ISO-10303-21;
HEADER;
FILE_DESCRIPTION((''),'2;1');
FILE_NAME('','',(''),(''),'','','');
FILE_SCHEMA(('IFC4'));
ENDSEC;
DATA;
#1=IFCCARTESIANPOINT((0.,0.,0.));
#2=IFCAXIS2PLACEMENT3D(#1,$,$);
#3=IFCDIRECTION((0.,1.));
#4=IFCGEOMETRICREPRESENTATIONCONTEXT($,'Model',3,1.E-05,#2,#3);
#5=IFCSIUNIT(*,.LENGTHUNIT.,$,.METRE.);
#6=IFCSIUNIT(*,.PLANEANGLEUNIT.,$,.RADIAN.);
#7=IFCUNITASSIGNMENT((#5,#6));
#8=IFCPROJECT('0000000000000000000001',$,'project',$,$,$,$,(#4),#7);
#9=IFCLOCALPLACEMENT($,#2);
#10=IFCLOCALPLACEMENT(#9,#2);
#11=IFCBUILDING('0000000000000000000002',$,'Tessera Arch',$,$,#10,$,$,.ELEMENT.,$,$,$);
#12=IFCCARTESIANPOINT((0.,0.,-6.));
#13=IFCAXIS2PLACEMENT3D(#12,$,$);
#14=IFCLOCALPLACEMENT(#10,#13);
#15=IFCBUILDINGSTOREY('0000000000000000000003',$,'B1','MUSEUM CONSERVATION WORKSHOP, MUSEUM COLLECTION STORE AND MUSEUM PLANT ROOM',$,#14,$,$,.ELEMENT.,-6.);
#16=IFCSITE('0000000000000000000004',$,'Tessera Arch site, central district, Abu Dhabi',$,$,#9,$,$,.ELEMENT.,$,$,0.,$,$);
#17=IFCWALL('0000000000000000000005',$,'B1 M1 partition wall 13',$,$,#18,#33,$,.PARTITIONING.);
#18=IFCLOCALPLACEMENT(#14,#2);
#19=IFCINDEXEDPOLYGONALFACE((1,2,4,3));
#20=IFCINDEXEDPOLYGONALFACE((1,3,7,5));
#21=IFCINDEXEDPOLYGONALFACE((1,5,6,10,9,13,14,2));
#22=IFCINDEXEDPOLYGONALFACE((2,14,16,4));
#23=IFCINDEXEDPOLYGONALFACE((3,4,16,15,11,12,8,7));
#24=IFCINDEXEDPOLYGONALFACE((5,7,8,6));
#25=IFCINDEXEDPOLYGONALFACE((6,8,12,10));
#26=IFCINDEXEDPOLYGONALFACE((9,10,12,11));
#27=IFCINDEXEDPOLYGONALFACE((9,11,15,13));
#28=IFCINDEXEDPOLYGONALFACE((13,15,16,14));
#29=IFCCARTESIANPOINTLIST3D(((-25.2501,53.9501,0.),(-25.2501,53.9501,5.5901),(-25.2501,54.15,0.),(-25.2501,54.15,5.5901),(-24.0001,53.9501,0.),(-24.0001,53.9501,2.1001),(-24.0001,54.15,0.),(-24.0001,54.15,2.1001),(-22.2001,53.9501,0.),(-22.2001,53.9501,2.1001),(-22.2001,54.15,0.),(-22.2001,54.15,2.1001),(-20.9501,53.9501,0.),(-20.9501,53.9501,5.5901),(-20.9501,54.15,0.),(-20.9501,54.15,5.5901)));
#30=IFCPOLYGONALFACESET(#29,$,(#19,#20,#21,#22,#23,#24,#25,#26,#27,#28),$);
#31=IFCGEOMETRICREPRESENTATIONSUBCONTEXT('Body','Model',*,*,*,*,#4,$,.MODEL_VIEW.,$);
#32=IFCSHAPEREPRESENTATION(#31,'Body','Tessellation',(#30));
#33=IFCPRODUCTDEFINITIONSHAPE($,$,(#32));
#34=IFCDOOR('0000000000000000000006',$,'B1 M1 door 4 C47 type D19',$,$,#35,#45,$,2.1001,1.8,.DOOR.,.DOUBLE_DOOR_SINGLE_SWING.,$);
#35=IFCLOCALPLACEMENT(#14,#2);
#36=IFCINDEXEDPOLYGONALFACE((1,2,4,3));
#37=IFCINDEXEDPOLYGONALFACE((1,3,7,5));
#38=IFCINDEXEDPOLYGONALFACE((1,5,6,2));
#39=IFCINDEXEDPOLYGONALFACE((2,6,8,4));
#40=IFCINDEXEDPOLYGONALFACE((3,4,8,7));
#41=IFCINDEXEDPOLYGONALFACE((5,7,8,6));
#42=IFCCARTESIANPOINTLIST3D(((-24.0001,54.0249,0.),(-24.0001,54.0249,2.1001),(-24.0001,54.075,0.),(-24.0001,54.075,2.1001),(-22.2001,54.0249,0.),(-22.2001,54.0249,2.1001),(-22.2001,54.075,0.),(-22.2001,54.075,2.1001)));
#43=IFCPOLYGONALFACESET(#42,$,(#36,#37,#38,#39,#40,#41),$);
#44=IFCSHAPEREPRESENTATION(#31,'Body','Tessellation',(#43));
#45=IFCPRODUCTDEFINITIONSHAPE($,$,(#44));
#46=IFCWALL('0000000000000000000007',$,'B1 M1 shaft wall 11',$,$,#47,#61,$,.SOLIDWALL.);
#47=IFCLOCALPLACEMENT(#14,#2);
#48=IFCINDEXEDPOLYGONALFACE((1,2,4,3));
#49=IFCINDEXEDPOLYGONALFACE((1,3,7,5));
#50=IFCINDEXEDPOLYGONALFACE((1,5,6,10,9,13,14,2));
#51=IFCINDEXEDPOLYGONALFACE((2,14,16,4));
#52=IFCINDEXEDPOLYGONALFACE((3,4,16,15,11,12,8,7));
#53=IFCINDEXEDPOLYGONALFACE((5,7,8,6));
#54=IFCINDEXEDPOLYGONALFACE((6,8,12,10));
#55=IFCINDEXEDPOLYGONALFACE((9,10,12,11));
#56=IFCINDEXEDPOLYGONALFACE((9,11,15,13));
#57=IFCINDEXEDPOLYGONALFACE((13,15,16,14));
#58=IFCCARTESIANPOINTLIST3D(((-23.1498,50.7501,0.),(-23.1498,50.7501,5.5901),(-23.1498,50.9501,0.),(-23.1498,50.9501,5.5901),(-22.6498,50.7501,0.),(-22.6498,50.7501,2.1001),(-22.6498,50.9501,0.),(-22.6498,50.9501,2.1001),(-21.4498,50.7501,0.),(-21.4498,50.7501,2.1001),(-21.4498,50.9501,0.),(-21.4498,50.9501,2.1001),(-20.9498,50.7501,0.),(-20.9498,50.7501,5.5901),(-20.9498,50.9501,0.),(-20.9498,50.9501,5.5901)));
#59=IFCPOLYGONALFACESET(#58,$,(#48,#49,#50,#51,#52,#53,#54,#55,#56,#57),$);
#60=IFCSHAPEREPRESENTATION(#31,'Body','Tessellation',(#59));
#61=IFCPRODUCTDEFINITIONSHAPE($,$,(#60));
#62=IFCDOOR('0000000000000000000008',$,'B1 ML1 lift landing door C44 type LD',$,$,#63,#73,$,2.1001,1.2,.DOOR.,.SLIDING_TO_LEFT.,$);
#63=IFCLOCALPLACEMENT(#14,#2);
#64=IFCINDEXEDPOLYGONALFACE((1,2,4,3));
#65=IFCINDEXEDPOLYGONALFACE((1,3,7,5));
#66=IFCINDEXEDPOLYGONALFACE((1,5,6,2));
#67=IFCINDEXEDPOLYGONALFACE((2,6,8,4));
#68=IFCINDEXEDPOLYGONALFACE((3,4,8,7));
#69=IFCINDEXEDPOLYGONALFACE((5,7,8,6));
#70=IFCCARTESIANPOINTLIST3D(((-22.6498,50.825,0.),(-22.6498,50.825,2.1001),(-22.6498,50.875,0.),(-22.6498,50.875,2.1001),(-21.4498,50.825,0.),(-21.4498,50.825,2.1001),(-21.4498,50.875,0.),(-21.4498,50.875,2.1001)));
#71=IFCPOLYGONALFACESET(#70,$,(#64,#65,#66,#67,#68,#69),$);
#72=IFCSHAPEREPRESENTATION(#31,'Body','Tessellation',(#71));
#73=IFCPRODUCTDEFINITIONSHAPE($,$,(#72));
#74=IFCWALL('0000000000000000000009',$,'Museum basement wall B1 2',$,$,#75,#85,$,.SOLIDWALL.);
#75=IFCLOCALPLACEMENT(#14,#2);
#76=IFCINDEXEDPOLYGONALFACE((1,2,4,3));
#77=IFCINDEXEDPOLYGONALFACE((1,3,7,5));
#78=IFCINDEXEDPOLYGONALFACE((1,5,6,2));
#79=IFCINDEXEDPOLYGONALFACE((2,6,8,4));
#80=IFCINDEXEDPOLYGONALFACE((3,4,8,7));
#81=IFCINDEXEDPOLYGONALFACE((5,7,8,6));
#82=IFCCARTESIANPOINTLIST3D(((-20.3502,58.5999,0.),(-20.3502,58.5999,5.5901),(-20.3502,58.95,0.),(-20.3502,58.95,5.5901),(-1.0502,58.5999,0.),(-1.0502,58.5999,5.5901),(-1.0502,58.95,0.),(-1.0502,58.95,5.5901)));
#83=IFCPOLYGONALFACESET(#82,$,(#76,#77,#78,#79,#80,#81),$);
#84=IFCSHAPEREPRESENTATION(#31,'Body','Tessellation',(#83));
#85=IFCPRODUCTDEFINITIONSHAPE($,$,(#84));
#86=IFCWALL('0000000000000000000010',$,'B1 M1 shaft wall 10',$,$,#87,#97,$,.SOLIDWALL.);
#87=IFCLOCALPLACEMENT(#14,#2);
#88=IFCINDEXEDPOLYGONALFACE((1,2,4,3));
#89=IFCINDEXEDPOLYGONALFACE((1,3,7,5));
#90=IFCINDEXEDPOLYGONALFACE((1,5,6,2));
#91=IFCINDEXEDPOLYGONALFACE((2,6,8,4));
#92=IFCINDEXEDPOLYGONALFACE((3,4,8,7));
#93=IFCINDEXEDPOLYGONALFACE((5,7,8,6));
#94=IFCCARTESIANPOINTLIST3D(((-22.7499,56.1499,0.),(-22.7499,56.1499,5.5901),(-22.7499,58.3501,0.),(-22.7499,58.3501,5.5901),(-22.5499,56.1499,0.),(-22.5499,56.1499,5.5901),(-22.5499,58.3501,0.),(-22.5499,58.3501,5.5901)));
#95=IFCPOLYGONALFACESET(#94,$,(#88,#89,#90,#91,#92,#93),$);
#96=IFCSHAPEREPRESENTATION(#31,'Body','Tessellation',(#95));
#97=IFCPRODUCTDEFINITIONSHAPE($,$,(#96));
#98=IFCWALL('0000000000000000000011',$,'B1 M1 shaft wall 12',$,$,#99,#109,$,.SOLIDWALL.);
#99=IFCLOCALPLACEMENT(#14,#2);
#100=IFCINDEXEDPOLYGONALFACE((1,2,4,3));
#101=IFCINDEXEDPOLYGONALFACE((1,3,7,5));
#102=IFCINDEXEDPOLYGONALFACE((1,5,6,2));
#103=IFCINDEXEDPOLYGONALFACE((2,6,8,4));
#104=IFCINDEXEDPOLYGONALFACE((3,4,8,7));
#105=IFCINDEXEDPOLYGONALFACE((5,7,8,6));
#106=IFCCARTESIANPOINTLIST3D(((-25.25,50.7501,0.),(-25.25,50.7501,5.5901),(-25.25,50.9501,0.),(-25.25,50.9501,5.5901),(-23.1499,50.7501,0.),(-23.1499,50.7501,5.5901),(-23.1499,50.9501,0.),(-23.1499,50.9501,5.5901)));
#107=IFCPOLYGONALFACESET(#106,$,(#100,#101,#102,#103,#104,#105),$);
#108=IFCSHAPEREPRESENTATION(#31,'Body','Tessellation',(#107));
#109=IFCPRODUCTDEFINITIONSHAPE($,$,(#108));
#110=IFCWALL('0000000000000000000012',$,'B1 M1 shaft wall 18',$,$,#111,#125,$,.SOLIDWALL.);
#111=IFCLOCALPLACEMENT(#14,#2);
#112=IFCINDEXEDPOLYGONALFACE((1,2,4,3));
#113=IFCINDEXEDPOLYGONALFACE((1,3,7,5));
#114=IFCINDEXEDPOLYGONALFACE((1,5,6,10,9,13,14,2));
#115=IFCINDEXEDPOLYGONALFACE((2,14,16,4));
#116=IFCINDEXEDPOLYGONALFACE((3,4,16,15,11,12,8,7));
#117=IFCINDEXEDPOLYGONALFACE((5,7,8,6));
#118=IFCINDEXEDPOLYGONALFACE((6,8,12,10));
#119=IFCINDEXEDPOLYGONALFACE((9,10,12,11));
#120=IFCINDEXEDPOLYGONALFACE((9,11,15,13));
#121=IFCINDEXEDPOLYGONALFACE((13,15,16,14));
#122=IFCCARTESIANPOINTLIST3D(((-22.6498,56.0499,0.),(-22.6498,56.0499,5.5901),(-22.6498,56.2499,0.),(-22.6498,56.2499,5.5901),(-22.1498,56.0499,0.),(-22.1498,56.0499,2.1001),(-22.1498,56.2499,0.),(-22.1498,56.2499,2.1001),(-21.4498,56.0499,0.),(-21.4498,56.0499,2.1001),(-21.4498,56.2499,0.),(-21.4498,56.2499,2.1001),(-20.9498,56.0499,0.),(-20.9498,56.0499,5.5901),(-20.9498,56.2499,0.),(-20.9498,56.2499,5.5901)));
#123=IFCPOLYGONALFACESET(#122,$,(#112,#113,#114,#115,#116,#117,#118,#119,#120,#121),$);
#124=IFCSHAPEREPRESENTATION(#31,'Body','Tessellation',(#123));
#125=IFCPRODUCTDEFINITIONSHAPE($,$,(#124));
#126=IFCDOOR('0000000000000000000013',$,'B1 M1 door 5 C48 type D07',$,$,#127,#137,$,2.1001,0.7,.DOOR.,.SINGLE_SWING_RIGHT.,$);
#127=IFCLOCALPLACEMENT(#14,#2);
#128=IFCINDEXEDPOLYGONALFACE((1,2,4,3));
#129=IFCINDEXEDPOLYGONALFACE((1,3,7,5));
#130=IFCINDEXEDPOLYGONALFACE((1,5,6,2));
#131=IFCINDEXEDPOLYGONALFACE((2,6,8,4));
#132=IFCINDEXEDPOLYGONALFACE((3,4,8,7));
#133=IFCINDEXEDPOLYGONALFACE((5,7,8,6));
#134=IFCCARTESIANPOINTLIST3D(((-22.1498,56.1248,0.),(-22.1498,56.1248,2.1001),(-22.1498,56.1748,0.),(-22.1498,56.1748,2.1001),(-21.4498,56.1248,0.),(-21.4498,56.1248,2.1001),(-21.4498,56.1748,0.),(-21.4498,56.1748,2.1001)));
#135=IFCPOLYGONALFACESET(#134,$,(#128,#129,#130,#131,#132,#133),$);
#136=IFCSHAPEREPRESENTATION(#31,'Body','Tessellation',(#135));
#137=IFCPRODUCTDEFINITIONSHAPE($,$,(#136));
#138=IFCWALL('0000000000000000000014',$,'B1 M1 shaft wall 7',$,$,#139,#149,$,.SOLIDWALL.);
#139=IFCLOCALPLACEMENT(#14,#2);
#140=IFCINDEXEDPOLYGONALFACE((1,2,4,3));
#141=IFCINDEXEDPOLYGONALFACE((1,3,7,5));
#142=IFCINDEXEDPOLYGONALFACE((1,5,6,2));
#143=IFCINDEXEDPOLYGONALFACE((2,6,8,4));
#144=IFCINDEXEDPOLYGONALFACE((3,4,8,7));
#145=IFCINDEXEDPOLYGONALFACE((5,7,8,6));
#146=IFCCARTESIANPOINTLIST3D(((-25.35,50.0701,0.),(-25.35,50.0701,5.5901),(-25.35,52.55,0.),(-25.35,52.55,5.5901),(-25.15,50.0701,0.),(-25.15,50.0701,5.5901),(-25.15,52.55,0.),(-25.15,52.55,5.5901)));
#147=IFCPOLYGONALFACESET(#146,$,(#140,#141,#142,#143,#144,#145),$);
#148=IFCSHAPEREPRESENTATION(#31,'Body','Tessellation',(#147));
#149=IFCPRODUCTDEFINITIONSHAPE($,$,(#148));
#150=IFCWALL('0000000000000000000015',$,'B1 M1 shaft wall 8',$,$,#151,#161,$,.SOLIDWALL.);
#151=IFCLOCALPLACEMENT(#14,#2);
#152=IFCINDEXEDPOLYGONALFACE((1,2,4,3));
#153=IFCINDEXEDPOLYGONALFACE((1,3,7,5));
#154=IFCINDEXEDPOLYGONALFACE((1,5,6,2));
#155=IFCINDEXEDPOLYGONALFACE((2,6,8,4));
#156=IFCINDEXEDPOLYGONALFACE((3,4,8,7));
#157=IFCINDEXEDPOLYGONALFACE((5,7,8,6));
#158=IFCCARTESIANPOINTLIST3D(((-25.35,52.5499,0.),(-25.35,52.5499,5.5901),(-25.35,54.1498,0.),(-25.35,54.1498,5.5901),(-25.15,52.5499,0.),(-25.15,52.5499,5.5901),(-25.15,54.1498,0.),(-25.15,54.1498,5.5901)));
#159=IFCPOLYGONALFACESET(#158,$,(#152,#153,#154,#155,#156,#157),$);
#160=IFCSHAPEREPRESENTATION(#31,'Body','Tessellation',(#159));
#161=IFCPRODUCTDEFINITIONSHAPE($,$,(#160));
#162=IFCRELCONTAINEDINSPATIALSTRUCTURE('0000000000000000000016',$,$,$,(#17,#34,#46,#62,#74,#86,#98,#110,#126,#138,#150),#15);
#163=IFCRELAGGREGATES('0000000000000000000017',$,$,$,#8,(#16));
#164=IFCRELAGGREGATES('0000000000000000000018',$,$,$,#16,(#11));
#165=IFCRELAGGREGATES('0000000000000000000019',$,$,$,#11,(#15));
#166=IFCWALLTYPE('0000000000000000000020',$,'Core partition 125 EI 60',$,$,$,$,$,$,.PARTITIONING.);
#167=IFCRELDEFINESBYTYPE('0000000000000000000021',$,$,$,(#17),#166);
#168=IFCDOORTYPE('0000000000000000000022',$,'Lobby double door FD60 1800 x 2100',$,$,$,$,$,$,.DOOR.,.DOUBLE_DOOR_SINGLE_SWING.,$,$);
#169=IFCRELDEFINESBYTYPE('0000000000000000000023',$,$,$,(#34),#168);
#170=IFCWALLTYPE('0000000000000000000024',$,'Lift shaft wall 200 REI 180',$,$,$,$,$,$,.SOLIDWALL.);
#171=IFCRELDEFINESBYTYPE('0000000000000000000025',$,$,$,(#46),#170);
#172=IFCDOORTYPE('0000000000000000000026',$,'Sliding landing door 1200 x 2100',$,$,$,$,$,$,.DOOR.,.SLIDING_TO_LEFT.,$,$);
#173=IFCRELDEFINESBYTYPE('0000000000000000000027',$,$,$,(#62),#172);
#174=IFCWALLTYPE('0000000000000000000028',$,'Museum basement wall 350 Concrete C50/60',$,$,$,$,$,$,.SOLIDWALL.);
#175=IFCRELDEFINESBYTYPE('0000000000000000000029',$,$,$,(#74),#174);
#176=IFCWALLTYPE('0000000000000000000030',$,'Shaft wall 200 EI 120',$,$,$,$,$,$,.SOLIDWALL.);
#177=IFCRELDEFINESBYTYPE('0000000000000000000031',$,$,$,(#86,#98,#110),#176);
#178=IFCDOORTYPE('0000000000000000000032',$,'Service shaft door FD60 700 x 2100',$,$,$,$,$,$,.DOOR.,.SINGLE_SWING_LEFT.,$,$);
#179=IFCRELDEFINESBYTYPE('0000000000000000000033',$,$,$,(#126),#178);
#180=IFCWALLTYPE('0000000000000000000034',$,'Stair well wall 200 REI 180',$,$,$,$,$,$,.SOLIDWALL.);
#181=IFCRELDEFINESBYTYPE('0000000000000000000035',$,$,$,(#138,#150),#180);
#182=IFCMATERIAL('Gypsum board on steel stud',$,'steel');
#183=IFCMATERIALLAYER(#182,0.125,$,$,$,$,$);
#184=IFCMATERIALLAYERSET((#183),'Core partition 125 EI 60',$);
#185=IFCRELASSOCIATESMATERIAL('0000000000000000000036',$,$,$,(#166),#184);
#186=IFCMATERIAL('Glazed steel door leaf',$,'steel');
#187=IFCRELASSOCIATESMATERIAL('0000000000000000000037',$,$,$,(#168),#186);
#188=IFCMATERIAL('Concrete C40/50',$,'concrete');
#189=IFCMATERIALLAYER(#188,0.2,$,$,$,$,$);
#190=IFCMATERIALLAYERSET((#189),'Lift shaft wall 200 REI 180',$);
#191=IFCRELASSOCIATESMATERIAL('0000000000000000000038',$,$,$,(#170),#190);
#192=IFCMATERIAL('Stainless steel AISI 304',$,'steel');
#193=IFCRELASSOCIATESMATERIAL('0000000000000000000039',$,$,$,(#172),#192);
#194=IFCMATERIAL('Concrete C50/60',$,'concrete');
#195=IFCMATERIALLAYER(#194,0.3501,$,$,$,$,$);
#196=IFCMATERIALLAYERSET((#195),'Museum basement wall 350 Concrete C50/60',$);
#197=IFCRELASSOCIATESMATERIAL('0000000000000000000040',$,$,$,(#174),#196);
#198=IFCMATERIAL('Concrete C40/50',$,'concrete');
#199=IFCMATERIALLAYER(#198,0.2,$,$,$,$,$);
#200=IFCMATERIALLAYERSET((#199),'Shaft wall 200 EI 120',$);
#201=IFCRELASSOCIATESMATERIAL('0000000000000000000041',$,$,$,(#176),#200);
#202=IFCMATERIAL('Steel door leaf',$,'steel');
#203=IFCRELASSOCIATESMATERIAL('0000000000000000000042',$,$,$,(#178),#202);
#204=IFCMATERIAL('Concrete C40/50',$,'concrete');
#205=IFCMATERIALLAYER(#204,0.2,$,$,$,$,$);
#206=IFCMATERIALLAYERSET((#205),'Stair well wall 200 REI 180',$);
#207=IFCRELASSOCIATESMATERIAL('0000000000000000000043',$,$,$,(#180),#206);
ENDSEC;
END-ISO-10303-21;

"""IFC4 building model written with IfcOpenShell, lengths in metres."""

from ifc_helpers import new_model, si_unit, direction, frame, frame_2d, origin, place, context, subcontext, project, spatial, rectangle, extrude, material, layer, layer_set, type_object, element, fill, save


model = new_model("IFC4")

# Units and contexts
model_context = context("Model", 3, precision=1e-05, world=origin(), true_north=direction((0.0, 1.0)))
body_context = subcontext(model_context, "Body", "Model", "MODEL_VIEW")
ifc_project = project(units=[si_unit("LENGTHUNIT", "METRE"), si_unit("PLANEANGLEUNIT", "RADIAN")], contexts=[model_context])

# Site, building, storey
site_placement = place(None, origin())
site = spatial("IfcSite", under=ifc_project, at=site_placement, Name="Tessera Arch site, central district, Abu Dhabi", CompositionType="ELEMENT", RefElevation=0.0)
building_placement = place(site_placement, origin())
building = spatial("IfcBuilding", under=site, at=building_placement, Name="Tessera Arch", CompositionType="ELEMENT")
storey_placement = place(building_placement, frame((0.0, 0.0, -6.0)))
storey = spatial("IfcBuildingStorey", under=building, at=storey_placement, Name="B1", Description="MUSEUM CONSERVATION WORKSHOP, MUSEUM COLLECTION STORE AND MUSEUM PLANT ROOM", CompositionType="ELEMENT", Elevation=-6.0)

# Shared definitions
ifc_material_1 = material(Name="Gypsum board on steel stud", Category="steel")
ifc_layer_1 = layer(ifc_material_1, 0.125)
ifc_layer_set_1 = layer_set([ifc_layer_1], Name="Core partition 125 EI 60")
wall_type_1 = type_object("IfcWallType", Name="Core partition 125 EI 60", PredefinedType="PARTITIONING", material=ifc_layer_set_1)

# Walls, openings, doors
wall_1_placement = place(storey_placement, frame((-25.25, 54.05, 0.0), z_axis=(0.0, 0.0, 1.0), x_axis=(1.0, 0.0, 0.0)))
wall_1 = element("IfcWall", 1, at=wall_1_placement, inside=storey, type_object=wall_type_1, Name="B1 M1 partition wall 13", PredefinedType="PARTITIONING", context=body_context, shape_type="SweptSolid", body=[
    extrude(rectangle(XDim=4.3, YDim=0.2, at=frame_2d((2.1499, 0.0))), origin(), (0.0, 0.0, 1.0), 5.5901),
])
opening_1_placement = place(wall_1_placement, frame((1.25, 0.0, 0.0)))
opening_1 = element("IfcOpeningElement", 2, at=opening_1_placement, cuts=wall_1, PredefinedType="OPENING", context=body_context, shape_type="SweptSolid", body=[
    extrude(rectangle(XDim=1.8, YDim=2.1001, at=frame_2d((0.8999, 1.05))), frame((0.0, 0.1099, 0.0), z_axis=(0.0, -1.0, 0.0), x_axis=(1.0, 0.0, 0.0)), (0.0, 0.0, 1.0), 0.22),
])
ifc_material_2 = material(Name="Glazed steel door leaf", Category="steel")
door_type_1 = type_object("IfcDoorType", Name="Lobby double door FD60 1800 x 2100", OperationType="DOUBLE_DOOR_SINGLE_SWING", PredefinedType="DOOR", material=ifc_material_2)
door_1_placement = place(opening_1_placement, origin())
door_1 = element("IfcDoor", 3, at=door_1_placement, inside=storey, type_object=door_type_1, Name="B1 M1 door 4 C47 type D19", OperationType="DOUBLE_DOOR_SINGLE_SWING", OverallHeight=2.1001, OverallWidth=1.8, PredefinedType="DOOR", context=body_context, shape_type="SweptSolid", body=[
    extrude(rectangle(XDim=1.8, YDim=2.1001, at=frame_2d((0.8999, 1.05))), frame((0.0, 0.0249, 0.0), z_axis=(0.0, -1.0, 0.0), x_axis=(1.0, 0.0, 0.0)), (0.0, 0.0, 1.0), 0.05),
])
fill(opening_1, door_1)
ifc_material_3 = material(Name="Concrete C40/50", Category="concrete")
ifc_layer_2 = layer(ifc_material_3, 0.2)
ifc_layer_set_2 = layer_set([ifc_layer_2], Name="Lift shaft wall 200 REI 180")
wall_type_2 = type_object("IfcWallType", Name="Lift shaft wall 200 REI 180", PredefinedType="SOLIDWALL", material=ifc_layer_set_2)
wall_2_placement = place(storey_placement, frame((-23.1499, 50.8501, 0.0), z_axis=(0.0, 0.0, 1.0), x_axis=(1.0, 0.0, 0.0)))
wall_2 = element("IfcWall", 4, at=wall_2_placement, inside=storey, type_object=wall_type_2, Name="B1 M1 shaft wall 11", PredefinedType="SOLIDWALL", context=body_context, shape_type="SweptSolid", body=[
    extrude(rectangle(XDim=2.2, YDim=0.2, at=frame_2d((1.1001, 0.0))), origin(), (0.0, 0.0, 1.0), 5.5901),
])
opening_2_placement = place(wall_2_placement, frame((0.5, 0.0, 0.0)))
opening_2 = element("IfcOpeningElement", 5, at=opening_2_placement, cuts=wall_2, PredefinedType="OPENING", context=body_context, shape_type="SweptSolid", body=[
    extrude(rectangle(XDim=1.2, YDim=2.1001, at=frame_2d((0.6001, 1.05))), frame((0.0, 0.1099, 0.0), z_axis=(0.0, -1.0, 0.0), x_axis=(1.0, 0.0, 0.0)), (0.0, 0.0, 1.0), 0.22),
])
ifc_material_4 = material(Name="Stainless steel AISI 304", Category="steel")
door_type_2 = type_object("IfcDoorType", Name="Sliding landing door 1200 x 2100", OperationType="SLIDING_TO_LEFT", PredefinedType="DOOR", material=ifc_material_4)
door_2_placement = place(opening_2_placement, origin())
door_2 = element("IfcDoor", 6, at=door_2_placement, inside=storey, type_object=door_type_2, Name="B1 ML1 lift landing door C44 type LD", OperationType="SLIDING_TO_LEFT", OverallHeight=2.1001, OverallWidth=1.2, PredefinedType="DOOR", context=body_context, shape_type="SweptSolid", body=[
    extrude(rectangle(XDim=1.2, YDim=2.1001, at=frame_2d((0.6001, 1.05))), frame((0.0, 0.0249, 0.0), z_axis=(0.0, -1.0, 0.0), x_axis=(1.0, 0.0, 0.0)), (0.0, 0.0, 1.0), 0.05),
])
fill(opening_2, door_2)

# Walls
ifc_material_5 = material(Name="Concrete C50/60", Category="concrete")
ifc_layer_3 = layer(ifc_material_5, 0.3501)
ifc_layer_set_3 = layer_set([ifc_layer_3], Name="Museum basement wall 350 Concrete C50/60")
wall_type_3 = type_object("IfcWallType", Name="Museum basement wall 350 Concrete C50/60", PredefinedType="SOLIDWALL", material=ifc_layer_set_3)
wall_3_placement = place(storey_placement, frame((-20.3501, 58.7749, 0.0), z_axis=(0.0, 0.0, 1.0), x_axis=(1.0, 0.0, 0.0)))
element("IfcWall", 7, at=wall_3_placement, inside=storey, type_object=wall_type_3, Name="Museum basement wall B1 2", PredefinedType="SOLIDWALL", context=body_context, shape_type="SweptSolid", body=[
    extrude(rectangle(XDim=19.3, YDim=0.3501, at=frame_2d((9.6499, 0.0))), origin(), (0.0, 0.0, 1.0), 5.5901),
])
ifc_material_6 = material(Name="Concrete C40/50", Category="concrete")
ifc_layer_4 = layer(ifc_material_6, 0.2)
ifc_layer_set_4 = layer_set([ifc_layer_4], Name="Shaft wall 200 EI 120")
wall_type_4 = type_object("IfcWallType", Name="Shaft wall 200 EI 120", PredefinedType="SOLIDWALL", material=ifc_layer_set_4)
wall_4_placement = place(storey_placement, frame((-22.6499, 56.1499, 0.0), z_axis=(0.0, 0.0, 1.0), x_axis=(0.0, 1.0, 0.0)))
element("IfcWall", 8, at=wall_4_placement, inside=storey, type_object=wall_type_4, Name="B1 M1 shaft wall 10", PredefinedType="SOLIDWALL", context=body_context, shape_type="SweptSolid", body=[
    extrude(rectangle(XDim=2.2002, YDim=0.2, at=frame_2d((1.1001, 0.0))), origin(), (0.0, 0.0, 1.0), 5.5901),
])
wall_5_placement = place(storey_placement, frame((-25.25, 50.8501, 0.0), z_axis=(0.0, 0.0, 1.0), x_axis=(1.0, 0.0, 0.0)))
element("IfcWall", 9, at=wall_5_placement, inside=storey, type_object=wall_type_4, Name="B1 M1 shaft wall 12", PredefinedType="SOLIDWALL", context=body_context, shape_type="SweptSolid", body=[
    extrude(rectangle(XDim=2.1001, YDim=0.2, at=frame_2d((1.05, 0.0))), origin(), (0.0, 0.0, 1.0), 5.5901),
])

# Wall, opening, door
wall_6_placement = place(storey_placement, frame((-22.6499, 56.1499, 0.0), z_axis=(0.0, 0.0, 1.0), x_axis=(1.0, 0.0, 0.0)))
wall_6 = element("IfcWall", 10, at=wall_6_placement, inside=storey, type_object=wall_type_4, Name="B1 M1 shaft wall 18", PredefinedType="SOLIDWALL", context=body_context, shape_type="SweptSolid", body=[
    extrude(rectangle(XDim=1.7, YDim=0.2, at=frame_2d((0.8501, 0.0))), origin(), (0.0, 0.0, 1.0), 5.5901),
])
opening_3_placement = place(wall_6_placement, frame((0.5, 0.0, 0.0)))
opening_3 = element("IfcOpeningElement", 11, at=opening_3_placement, cuts=wall_6, PredefinedType="OPENING", context=body_context, shape_type="SweptSolid", body=[
    extrude(rectangle(XDim=0.7, YDim=2.1001, at=frame_2d((0.3501, 1.05))), frame((0.0, 0.1099, 0.0), z_axis=(0.0, -1.0, 0.0), x_axis=(1.0, 0.0, 0.0)), (0.0, 0.0, 1.0), 0.22),
])
ifc_material_7 = material(Name="Steel door leaf", Category="steel")
door_type_3 = type_object("IfcDoorType", Name="Service shaft door FD60 700 x 2100", OperationType="SINGLE_SWING_LEFT", PredefinedType="DOOR", material=ifc_material_7)
door_3_placement = place(opening_3_placement, origin())
door_3 = element("IfcDoor", 12, at=door_3_placement, inside=storey, type_object=door_type_3, Name="B1 M1 door 5 C48 type D07", OperationType="SINGLE_SWING_RIGHT", OverallHeight=2.1001, OverallWidth=0.7, PredefinedType="DOOR", context=body_context, shape_type="SweptSolid", body=[
    extrude(rectangle(XDim=0.7, YDim=2.1001, at=frame_2d((0.3501, 1.05))), frame((0.0, 0.0249, 0.0), z_axis=(0.0, -1.0, 0.0), x_axis=(1.0, 0.0, 0.0)), (0.0, 0.0, 1.0), 0.05),
])
fill(opening_3, door_3)

# Walls
ifc_material_8 = material(Name="Concrete C40/50", Category="concrete")
ifc_layer_5 = layer(ifc_material_8, 0.2)
ifc_layer_set_5 = layer_set([ifc_layer_5], Name="Stair well wall 200 REI 180")
wall_type_5 = type_object("IfcWallType", Name="Stair well wall 200 REI 180", PredefinedType="SOLIDWALL", material=ifc_layer_set_5)
wall_7_placement = place(storey_placement, frame((-25.25, 50.0701, 0.0), z_axis=(0.0, 0.0, 1.0), x_axis=(0.0, 1.0, 0.0)))
element("IfcWall", 13, at=wall_7_placement, inside=storey, type_object=wall_type_5, Name="B1 M1 shaft wall 7", PredefinedType="SOLIDWALL", context=body_context, shape_type="SweptSolid", body=[
    extrude(rectangle(XDim=2.48, YDim=0.2, at=frame_2d((1.24, 0.0))), origin(), (0.0, 0.0, 1.0), 5.5901),
])
wall_8_placement = place(storey_placement, frame((-25.25, 52.55, 0.0), z_axis=(0.0, 0.0, 1.0), x_axis=(0.0, 1.0, 0.0)))
element("IfcWall", 14, at=wall_8_placement, inside=storey, type_object=wall_type_5, Name="B1 M1 shaft wall 8", PredefinedType="SOLIDWALL", context=body_context, shape_type="SweptSolid", body=[
    extrude(rectangle(XDim=1.5999, YDim=0.2, at=frame_2d((0.7998, 0.0))), origin(), (0.0, 0.0, 1.0), 5.5901),
])

save(model, "model.ifc")
